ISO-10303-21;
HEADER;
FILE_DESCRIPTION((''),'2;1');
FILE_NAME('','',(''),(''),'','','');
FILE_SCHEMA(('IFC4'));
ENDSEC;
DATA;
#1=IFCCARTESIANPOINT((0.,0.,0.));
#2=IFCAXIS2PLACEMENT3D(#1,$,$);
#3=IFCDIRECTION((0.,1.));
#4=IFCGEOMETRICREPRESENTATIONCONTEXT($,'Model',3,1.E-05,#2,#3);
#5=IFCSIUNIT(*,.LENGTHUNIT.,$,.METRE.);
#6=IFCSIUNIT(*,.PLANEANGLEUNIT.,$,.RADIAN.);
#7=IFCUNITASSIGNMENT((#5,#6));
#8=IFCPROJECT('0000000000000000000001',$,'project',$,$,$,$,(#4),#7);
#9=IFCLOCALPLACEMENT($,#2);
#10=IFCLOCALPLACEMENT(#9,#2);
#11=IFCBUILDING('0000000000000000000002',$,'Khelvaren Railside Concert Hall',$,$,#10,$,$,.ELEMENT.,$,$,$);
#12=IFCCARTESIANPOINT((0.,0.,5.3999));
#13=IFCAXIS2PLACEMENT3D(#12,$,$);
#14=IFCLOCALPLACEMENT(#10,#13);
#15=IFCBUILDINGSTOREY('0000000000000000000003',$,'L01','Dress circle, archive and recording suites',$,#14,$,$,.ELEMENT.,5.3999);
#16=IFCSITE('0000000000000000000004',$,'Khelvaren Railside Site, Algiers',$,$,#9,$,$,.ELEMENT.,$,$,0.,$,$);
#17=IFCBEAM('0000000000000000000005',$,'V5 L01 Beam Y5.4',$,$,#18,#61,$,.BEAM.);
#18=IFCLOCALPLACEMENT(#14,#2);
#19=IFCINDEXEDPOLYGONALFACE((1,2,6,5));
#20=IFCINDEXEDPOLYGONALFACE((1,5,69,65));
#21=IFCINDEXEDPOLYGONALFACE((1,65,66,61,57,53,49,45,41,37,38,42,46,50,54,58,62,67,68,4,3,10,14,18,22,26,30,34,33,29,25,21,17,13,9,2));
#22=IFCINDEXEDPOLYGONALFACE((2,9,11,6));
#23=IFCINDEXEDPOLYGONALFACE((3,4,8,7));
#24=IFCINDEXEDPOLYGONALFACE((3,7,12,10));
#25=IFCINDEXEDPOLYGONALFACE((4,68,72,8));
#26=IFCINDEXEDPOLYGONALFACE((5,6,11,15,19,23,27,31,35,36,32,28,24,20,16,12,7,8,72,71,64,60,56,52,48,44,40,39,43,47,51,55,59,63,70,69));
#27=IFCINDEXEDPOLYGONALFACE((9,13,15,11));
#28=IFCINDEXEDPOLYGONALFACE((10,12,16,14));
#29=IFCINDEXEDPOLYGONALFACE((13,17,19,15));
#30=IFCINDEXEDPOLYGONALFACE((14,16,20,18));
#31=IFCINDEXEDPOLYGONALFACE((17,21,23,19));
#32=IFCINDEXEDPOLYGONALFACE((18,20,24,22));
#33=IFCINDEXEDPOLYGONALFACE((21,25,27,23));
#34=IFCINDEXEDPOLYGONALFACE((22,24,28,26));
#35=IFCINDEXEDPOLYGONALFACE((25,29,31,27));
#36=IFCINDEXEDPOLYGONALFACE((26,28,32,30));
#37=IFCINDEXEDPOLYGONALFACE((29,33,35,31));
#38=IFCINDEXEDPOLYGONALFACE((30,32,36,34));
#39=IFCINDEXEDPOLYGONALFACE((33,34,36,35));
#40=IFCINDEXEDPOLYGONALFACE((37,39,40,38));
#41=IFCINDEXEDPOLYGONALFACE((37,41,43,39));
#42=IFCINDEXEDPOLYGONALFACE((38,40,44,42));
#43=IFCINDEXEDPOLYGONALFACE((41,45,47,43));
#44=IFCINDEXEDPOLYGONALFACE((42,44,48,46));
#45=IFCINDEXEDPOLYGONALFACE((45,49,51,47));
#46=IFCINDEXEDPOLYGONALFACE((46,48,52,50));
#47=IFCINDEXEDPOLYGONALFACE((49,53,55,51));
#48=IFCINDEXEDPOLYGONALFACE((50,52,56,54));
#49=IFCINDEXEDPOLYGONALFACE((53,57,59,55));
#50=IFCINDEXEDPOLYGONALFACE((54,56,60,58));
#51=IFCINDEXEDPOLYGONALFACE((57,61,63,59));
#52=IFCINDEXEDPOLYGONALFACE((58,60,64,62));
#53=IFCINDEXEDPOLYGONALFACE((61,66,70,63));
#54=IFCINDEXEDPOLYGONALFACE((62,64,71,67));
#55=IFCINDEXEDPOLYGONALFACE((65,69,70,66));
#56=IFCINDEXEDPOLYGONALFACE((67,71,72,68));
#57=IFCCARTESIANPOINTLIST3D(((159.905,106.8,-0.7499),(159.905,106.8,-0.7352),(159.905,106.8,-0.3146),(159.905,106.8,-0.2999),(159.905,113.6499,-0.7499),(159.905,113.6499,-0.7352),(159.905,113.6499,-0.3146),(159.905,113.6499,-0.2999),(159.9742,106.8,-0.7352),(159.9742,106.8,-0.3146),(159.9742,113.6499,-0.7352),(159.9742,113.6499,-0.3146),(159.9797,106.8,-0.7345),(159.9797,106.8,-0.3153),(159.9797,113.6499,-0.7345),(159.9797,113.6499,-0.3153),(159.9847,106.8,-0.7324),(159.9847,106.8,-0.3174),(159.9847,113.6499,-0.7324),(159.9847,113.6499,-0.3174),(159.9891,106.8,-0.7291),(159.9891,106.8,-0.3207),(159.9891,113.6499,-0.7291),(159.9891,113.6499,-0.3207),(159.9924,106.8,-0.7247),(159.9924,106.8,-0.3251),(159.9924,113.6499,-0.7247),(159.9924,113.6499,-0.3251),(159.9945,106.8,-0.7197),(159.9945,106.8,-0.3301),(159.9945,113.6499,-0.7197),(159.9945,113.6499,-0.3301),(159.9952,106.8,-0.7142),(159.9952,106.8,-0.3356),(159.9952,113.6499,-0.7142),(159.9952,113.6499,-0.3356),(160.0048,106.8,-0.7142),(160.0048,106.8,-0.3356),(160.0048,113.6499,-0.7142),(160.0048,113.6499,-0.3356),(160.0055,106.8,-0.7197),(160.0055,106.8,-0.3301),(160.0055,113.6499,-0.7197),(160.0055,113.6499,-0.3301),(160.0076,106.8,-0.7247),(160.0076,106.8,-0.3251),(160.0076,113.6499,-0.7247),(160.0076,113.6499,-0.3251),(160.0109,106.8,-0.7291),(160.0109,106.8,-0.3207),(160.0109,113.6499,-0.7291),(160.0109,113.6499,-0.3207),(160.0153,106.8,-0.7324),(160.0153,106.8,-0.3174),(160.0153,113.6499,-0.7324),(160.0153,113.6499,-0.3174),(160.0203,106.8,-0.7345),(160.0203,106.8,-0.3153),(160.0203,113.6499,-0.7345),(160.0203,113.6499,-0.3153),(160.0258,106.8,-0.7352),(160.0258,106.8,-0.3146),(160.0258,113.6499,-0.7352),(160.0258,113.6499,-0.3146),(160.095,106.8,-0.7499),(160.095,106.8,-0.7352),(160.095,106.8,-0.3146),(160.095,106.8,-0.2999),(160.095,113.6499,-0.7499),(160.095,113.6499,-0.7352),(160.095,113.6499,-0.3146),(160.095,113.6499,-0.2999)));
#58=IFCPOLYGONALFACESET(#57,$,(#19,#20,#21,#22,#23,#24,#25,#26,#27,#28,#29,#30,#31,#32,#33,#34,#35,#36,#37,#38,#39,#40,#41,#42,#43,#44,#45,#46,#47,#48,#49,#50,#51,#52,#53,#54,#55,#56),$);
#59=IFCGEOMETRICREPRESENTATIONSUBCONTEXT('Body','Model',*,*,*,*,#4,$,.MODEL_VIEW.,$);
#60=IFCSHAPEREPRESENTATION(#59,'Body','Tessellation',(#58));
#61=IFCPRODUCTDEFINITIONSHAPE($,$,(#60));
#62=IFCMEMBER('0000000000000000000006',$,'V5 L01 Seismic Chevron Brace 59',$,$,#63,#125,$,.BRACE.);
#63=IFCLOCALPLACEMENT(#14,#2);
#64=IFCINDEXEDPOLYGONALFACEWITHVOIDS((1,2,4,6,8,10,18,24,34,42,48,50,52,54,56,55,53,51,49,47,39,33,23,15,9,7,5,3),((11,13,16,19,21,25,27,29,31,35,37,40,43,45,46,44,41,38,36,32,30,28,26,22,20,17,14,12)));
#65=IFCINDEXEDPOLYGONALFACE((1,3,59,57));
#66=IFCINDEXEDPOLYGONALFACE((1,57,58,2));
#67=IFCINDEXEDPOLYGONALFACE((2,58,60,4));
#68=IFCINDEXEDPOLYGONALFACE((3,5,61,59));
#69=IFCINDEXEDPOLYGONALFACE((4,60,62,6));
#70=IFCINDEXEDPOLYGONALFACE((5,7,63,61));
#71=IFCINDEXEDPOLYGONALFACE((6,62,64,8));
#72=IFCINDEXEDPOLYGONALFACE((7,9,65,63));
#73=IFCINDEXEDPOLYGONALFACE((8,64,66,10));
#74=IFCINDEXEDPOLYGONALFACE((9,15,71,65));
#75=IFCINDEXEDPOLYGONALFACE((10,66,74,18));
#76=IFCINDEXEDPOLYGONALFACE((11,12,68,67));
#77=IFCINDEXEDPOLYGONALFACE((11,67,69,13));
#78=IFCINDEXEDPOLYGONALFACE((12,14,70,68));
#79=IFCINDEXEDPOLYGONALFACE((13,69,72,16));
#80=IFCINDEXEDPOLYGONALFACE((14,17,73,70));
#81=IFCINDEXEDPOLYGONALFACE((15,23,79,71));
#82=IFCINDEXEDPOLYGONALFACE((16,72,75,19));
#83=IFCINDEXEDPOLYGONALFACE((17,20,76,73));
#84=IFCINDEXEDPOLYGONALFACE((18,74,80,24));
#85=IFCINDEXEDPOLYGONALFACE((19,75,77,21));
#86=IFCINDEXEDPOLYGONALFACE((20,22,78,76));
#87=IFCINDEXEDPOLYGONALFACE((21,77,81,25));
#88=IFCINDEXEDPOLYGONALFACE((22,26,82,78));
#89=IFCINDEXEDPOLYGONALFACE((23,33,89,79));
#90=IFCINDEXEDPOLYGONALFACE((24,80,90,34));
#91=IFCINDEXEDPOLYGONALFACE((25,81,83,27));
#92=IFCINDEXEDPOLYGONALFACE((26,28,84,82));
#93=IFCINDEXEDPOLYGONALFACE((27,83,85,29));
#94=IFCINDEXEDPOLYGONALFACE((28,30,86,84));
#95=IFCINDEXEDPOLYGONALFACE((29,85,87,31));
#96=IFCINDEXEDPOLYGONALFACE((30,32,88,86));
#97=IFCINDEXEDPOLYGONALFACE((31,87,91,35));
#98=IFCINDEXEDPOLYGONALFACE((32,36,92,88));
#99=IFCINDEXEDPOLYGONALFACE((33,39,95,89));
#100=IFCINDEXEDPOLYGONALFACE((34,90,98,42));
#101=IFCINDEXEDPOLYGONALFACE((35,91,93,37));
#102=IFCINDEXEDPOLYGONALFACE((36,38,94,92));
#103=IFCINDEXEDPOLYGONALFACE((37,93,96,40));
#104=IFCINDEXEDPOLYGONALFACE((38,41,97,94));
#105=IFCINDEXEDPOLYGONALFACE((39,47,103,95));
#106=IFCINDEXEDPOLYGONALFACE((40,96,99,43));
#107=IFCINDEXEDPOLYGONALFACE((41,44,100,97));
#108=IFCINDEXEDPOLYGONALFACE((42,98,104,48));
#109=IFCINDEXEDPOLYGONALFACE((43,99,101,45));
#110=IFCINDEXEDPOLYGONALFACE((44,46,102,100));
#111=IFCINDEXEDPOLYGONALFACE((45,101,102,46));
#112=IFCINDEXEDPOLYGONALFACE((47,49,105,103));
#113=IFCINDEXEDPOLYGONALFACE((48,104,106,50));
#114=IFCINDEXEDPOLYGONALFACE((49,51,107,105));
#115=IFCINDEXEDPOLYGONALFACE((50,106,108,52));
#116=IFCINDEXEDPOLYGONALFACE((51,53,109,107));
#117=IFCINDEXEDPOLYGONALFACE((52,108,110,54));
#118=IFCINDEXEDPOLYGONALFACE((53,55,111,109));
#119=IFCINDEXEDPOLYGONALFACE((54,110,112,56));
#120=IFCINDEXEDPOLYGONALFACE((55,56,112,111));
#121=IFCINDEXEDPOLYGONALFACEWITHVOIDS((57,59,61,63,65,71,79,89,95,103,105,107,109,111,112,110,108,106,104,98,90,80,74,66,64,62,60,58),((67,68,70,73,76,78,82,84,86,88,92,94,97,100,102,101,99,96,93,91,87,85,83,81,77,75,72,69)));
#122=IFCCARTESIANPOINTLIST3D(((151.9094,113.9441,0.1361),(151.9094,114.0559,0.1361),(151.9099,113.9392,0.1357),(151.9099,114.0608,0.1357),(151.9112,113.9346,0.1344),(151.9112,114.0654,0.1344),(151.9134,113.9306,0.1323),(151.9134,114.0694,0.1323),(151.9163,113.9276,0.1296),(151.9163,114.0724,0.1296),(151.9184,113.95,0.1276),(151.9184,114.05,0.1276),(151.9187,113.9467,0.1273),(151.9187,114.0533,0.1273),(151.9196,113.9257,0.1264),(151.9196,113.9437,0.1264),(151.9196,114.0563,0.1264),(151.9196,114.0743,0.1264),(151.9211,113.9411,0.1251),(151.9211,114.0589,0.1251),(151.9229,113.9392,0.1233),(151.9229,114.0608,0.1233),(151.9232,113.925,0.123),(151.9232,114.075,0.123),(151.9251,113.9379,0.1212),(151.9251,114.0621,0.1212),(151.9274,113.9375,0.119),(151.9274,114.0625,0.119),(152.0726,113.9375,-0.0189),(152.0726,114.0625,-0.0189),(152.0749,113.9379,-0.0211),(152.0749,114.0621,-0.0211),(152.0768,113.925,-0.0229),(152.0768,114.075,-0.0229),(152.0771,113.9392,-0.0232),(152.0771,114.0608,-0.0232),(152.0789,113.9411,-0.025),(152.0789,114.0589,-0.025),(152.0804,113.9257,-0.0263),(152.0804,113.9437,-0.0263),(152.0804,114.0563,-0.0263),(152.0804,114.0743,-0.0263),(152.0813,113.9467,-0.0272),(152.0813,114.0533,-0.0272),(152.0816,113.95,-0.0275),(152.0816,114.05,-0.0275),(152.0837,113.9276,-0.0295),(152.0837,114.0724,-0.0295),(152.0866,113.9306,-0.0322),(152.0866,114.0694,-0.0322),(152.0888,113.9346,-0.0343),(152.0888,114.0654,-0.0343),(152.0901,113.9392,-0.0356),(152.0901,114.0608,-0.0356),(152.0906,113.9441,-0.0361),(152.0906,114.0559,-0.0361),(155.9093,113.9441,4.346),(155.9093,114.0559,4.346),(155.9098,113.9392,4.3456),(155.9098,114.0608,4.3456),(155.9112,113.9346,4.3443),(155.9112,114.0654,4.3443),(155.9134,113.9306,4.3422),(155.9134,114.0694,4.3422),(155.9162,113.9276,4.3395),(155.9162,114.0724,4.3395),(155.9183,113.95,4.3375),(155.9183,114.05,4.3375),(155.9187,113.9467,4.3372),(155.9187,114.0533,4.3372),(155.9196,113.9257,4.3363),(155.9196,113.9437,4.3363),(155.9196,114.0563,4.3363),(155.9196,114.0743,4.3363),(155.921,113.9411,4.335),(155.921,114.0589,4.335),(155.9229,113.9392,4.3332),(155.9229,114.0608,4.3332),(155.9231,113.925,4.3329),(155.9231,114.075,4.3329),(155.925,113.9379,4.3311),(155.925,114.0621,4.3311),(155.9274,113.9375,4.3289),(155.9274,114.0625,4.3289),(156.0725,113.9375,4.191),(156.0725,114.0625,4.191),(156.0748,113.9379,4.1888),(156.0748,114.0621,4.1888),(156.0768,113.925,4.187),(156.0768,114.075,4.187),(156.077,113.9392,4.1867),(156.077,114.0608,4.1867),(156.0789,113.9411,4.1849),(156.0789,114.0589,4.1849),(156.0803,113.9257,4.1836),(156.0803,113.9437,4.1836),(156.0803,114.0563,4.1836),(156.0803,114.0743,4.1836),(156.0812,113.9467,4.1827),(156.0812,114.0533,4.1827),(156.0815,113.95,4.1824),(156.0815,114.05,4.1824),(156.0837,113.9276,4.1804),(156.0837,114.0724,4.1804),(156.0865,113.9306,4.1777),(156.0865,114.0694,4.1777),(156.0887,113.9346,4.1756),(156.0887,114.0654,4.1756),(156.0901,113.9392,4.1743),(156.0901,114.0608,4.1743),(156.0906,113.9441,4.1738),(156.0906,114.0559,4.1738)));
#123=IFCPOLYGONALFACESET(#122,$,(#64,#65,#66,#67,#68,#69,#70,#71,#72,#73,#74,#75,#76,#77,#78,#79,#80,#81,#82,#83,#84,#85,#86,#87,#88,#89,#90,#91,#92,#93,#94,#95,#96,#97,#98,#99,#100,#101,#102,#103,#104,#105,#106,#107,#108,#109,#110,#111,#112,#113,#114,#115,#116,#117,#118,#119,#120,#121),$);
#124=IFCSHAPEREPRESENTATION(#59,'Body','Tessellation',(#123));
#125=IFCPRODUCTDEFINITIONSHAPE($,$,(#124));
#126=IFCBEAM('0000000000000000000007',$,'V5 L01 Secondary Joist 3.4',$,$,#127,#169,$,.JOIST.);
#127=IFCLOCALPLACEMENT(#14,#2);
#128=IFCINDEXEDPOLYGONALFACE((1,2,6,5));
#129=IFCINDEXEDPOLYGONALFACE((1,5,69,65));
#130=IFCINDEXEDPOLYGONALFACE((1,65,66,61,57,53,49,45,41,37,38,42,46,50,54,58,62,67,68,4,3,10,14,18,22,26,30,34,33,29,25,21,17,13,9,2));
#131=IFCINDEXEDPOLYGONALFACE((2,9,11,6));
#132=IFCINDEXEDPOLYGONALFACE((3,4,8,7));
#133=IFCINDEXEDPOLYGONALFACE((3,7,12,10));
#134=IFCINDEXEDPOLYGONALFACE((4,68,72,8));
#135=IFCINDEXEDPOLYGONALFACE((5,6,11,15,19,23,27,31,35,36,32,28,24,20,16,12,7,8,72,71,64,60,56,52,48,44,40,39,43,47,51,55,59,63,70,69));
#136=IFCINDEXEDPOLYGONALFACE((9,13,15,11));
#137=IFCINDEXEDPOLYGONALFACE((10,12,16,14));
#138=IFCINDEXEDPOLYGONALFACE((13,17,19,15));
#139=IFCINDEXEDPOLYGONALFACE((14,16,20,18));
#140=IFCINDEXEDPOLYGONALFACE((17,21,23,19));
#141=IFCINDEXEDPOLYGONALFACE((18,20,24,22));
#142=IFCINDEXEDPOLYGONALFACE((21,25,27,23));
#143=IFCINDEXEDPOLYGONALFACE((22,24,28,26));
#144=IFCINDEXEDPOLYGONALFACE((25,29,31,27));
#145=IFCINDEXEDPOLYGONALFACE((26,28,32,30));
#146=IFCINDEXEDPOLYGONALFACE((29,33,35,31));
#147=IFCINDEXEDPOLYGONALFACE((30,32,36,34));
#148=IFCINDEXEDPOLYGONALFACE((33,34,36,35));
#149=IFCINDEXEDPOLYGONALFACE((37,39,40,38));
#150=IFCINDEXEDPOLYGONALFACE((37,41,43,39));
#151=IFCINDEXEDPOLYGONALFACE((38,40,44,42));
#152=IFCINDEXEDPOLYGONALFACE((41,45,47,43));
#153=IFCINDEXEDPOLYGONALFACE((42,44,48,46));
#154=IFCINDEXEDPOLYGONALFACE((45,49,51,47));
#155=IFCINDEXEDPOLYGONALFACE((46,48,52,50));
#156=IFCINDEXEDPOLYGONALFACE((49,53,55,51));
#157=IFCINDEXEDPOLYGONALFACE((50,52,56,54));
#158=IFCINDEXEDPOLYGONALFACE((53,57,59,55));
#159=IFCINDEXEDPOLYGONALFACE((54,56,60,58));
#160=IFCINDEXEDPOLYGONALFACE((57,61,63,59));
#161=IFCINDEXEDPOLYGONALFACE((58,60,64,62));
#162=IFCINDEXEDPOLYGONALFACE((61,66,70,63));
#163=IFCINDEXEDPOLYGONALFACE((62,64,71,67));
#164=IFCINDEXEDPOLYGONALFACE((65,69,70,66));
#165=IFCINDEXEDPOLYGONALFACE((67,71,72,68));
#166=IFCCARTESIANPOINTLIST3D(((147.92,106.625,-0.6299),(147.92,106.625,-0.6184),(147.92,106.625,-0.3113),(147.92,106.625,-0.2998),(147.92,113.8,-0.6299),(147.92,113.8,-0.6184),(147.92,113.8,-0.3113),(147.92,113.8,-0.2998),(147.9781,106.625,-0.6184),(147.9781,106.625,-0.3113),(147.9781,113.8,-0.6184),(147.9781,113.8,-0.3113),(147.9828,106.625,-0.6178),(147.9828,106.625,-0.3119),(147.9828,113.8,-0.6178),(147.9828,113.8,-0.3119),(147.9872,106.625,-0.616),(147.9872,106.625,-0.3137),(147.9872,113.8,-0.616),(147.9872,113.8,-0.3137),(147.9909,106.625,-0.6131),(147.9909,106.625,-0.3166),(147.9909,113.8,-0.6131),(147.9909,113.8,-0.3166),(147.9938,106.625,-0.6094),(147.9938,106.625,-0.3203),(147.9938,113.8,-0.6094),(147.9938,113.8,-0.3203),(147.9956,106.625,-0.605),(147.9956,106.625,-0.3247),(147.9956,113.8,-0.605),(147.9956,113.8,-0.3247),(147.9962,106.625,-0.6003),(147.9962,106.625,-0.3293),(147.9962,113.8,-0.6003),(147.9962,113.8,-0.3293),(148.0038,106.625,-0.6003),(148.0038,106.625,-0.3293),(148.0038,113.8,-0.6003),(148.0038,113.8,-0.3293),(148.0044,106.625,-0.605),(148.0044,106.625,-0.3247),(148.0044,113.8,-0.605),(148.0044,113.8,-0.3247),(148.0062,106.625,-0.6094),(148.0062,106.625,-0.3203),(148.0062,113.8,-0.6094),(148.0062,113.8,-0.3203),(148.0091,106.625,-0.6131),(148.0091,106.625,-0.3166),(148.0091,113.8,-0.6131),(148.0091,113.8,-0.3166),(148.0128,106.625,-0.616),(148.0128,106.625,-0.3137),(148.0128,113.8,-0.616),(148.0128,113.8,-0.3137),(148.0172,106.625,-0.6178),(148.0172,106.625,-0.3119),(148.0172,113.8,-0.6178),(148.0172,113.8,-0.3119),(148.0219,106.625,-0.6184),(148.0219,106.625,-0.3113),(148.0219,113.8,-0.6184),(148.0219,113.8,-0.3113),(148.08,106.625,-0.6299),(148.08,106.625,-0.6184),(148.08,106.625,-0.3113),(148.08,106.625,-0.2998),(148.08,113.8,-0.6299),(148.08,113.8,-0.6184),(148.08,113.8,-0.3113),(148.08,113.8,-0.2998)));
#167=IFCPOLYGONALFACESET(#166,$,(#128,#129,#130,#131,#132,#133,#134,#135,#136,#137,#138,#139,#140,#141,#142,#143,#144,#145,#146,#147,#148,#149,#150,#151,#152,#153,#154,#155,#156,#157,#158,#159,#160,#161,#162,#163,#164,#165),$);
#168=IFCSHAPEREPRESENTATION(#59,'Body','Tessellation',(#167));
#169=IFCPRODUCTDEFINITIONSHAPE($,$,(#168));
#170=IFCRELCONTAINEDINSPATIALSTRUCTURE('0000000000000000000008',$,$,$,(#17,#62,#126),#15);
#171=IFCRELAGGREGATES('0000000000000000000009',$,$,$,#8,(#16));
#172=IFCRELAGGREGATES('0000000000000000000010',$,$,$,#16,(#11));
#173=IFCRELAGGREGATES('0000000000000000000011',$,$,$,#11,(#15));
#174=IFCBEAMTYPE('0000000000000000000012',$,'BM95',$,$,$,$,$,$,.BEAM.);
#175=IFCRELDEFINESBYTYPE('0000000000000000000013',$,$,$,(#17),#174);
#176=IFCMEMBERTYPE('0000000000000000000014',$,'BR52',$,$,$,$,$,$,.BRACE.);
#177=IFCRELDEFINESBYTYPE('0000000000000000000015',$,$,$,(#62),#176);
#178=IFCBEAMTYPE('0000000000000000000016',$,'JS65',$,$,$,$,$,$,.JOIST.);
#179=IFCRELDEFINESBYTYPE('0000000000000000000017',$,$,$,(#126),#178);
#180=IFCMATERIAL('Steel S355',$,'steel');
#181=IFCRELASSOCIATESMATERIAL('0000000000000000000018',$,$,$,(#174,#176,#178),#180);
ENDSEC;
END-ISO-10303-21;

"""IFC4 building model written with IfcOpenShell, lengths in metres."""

from ifc_helpers import new_model, si_unit, direction, frame, origin, origin_2d, place, context, subcontext, project, spatial, hollow_rectangle, i_section, extrude, material, material_profile, profile_set, type_object, element, save


model = new_model("IFC4")

# Units and contexts
model_context = context("Model", 3, precision=1e-05, world=origin(), true_north=direction((0.0, 1.0)))
body_context = subcontext(model_context, "Body", "Model", "MODEL_VIEW")
ifc_project = project(units=[si_unit("LENGTHUNIT", "METRE"), si_unit("PLANEANGLEUNIT", "RADIAN")], contexts=[model_context])

# Site, building, storey
site_placement = place(None, origin())
site = spatial("IfcSite", under=ifc_project, at=site_placement, Name="Khelvaren Railside Site, Algiers", CompositionType="ELEMENT", RefElevation=0.0)
building_placement = place(site_placement, origin())
building = spatial("IfcBuilding", under=site, at=building_placement, Name="Khelvaren Railside Concert Hall", CompositionType="ELEMENT")
storey_placement = place(building_placement, frame((0.0, 0.0, 5.3999)))
storey = spatial("IfcBuildingStorey", under=building, at=storey_placement, Name="L01", Description="Dress circle, archive and recording suites", CompositionType="ELEMENT", Elevation=5.3999)

# Beam
ifc_material_1 = material(Name="Steel S355", Category="steel")
ifc_material_profile_1 = material_profile(ifc_material_1, i_section(OverallWidth=0.1899, OverallDepth=0.45, WebThickness=0.0095, FlangeThickness=0.0146, FilletRadius=0.021, at=origin_2d()), Name="IPE 450")
ifc_profile_set_1 = profile_set([ifc_material_profile_1], Name="Steel S355")
beam_type_1 = type_object("IfcBeamType", Name="BM95", PredefinedType="BEAM", material=ifc_profile_set_1)
beam_1_placement = place(storey_placement, frame((160.0, 106.8, -0.5249), z_axis=(0.0, 1.0, 0.0), x_axis=(-1.0, 0.0, 0.0)))
element("IfcBeam", 1, at=beam_1_placement, inside=storey, type_object=beam_type_1, Name="V5 L01 Beam Y5.4", PredefinedType="BEAM", context=body_context, shape_type="SweptSolid", body=[
    extrude(i_section(OverallWidth=0.1899, OverallDepth=0.45, WebThickness=0.0095, FlangeThickness=0.0146, FilletRadius=0.021, at=origin_2d()), origin(), (0.0, 0.0, 1.0), 6.8499),
])

# Member
ifc_material_profile_2 = material_profile(ifc_material_1, hollow_rectangle(XDim=0.1499, YDim=0.25, WallThickness=0.0125, InnerFilletRadius=0.0125, OuterFilletRadius=0.019, at=origin_2d()), Name="RHS 250x150x12.5")
ifc_profile_set_2 = profile_set([ifc_material_profile_2], Name="Steel S355")
member_type = type_object("IfcMemberType", Name="BR52", PredefinedType="BRACE", material=ifc_profile_set_2)
member_placement = place(storey_placement, frame((152.0, 114.0, 0.05), z_axis=(0.688798, 0.0, 0.724953), x_axis=(0.0, 1.0, 0.0)))
element("IfcMember", 2, at=member_placement, inside=storey, type_object=member_type, Name="V5 L01 Seismic Chevron Brace 59", PredefinedType="BRACE", context=body_context, shape_type="SweptSolid", body=[
    extrude(hollow_rectangle(XDim=0.1499, YDim=0.25, WallThickness=0.0125, InnerFilletRadius=0.0125, OuterFilletRadius=0.019, at=origin_2d()), origin(), (0.0, 0.0, 1.0), 5.8071),
])

# Beam
ifc_material_profile_3 = material_profile(ifc_material_1, i_section(OverallWidth=0.1599, OverallDepth=0.3301, WebThickness=0.0076, FlangeThickness=0.0115, FilletRadius=0.0181, at=origin_2d()), Name="IPE 330")
ifc_profile_set_3 = profile_set([ifc_material_profile_3], Name="Steel S355")
beam_type_2 = type_object("IfcBeamType", Name="JS65", PredefinedType="JOIST", material=ifc_profile_set_3)
beam_2_placement = place(storey_placement, frame((148.0, 106.625, -0.4648), z_axis=(0.0, 1.0, 0.0), x_axis=(-1.0, 0.0, 0.0)))
element("IfcBeam", 3, at=beam_2_placement, inside=storey, type_object=beam_type_2, Name="V5 L01 Secondary Joist 3.4", PredefinedType="JOIST", context=body_context, shape_type="SweptSolid", body=[
    extrude(i_section(OverallWidth=0.1599, OverallDepth=0.3301, WebThickness=0.0076, FlangeThickness=0.0115, FilletRadius=0.0181, at=origin_2d()), origin(), (0.0, 0.0, 1.0), 7.175),
])

save(model, "model.ifc")
